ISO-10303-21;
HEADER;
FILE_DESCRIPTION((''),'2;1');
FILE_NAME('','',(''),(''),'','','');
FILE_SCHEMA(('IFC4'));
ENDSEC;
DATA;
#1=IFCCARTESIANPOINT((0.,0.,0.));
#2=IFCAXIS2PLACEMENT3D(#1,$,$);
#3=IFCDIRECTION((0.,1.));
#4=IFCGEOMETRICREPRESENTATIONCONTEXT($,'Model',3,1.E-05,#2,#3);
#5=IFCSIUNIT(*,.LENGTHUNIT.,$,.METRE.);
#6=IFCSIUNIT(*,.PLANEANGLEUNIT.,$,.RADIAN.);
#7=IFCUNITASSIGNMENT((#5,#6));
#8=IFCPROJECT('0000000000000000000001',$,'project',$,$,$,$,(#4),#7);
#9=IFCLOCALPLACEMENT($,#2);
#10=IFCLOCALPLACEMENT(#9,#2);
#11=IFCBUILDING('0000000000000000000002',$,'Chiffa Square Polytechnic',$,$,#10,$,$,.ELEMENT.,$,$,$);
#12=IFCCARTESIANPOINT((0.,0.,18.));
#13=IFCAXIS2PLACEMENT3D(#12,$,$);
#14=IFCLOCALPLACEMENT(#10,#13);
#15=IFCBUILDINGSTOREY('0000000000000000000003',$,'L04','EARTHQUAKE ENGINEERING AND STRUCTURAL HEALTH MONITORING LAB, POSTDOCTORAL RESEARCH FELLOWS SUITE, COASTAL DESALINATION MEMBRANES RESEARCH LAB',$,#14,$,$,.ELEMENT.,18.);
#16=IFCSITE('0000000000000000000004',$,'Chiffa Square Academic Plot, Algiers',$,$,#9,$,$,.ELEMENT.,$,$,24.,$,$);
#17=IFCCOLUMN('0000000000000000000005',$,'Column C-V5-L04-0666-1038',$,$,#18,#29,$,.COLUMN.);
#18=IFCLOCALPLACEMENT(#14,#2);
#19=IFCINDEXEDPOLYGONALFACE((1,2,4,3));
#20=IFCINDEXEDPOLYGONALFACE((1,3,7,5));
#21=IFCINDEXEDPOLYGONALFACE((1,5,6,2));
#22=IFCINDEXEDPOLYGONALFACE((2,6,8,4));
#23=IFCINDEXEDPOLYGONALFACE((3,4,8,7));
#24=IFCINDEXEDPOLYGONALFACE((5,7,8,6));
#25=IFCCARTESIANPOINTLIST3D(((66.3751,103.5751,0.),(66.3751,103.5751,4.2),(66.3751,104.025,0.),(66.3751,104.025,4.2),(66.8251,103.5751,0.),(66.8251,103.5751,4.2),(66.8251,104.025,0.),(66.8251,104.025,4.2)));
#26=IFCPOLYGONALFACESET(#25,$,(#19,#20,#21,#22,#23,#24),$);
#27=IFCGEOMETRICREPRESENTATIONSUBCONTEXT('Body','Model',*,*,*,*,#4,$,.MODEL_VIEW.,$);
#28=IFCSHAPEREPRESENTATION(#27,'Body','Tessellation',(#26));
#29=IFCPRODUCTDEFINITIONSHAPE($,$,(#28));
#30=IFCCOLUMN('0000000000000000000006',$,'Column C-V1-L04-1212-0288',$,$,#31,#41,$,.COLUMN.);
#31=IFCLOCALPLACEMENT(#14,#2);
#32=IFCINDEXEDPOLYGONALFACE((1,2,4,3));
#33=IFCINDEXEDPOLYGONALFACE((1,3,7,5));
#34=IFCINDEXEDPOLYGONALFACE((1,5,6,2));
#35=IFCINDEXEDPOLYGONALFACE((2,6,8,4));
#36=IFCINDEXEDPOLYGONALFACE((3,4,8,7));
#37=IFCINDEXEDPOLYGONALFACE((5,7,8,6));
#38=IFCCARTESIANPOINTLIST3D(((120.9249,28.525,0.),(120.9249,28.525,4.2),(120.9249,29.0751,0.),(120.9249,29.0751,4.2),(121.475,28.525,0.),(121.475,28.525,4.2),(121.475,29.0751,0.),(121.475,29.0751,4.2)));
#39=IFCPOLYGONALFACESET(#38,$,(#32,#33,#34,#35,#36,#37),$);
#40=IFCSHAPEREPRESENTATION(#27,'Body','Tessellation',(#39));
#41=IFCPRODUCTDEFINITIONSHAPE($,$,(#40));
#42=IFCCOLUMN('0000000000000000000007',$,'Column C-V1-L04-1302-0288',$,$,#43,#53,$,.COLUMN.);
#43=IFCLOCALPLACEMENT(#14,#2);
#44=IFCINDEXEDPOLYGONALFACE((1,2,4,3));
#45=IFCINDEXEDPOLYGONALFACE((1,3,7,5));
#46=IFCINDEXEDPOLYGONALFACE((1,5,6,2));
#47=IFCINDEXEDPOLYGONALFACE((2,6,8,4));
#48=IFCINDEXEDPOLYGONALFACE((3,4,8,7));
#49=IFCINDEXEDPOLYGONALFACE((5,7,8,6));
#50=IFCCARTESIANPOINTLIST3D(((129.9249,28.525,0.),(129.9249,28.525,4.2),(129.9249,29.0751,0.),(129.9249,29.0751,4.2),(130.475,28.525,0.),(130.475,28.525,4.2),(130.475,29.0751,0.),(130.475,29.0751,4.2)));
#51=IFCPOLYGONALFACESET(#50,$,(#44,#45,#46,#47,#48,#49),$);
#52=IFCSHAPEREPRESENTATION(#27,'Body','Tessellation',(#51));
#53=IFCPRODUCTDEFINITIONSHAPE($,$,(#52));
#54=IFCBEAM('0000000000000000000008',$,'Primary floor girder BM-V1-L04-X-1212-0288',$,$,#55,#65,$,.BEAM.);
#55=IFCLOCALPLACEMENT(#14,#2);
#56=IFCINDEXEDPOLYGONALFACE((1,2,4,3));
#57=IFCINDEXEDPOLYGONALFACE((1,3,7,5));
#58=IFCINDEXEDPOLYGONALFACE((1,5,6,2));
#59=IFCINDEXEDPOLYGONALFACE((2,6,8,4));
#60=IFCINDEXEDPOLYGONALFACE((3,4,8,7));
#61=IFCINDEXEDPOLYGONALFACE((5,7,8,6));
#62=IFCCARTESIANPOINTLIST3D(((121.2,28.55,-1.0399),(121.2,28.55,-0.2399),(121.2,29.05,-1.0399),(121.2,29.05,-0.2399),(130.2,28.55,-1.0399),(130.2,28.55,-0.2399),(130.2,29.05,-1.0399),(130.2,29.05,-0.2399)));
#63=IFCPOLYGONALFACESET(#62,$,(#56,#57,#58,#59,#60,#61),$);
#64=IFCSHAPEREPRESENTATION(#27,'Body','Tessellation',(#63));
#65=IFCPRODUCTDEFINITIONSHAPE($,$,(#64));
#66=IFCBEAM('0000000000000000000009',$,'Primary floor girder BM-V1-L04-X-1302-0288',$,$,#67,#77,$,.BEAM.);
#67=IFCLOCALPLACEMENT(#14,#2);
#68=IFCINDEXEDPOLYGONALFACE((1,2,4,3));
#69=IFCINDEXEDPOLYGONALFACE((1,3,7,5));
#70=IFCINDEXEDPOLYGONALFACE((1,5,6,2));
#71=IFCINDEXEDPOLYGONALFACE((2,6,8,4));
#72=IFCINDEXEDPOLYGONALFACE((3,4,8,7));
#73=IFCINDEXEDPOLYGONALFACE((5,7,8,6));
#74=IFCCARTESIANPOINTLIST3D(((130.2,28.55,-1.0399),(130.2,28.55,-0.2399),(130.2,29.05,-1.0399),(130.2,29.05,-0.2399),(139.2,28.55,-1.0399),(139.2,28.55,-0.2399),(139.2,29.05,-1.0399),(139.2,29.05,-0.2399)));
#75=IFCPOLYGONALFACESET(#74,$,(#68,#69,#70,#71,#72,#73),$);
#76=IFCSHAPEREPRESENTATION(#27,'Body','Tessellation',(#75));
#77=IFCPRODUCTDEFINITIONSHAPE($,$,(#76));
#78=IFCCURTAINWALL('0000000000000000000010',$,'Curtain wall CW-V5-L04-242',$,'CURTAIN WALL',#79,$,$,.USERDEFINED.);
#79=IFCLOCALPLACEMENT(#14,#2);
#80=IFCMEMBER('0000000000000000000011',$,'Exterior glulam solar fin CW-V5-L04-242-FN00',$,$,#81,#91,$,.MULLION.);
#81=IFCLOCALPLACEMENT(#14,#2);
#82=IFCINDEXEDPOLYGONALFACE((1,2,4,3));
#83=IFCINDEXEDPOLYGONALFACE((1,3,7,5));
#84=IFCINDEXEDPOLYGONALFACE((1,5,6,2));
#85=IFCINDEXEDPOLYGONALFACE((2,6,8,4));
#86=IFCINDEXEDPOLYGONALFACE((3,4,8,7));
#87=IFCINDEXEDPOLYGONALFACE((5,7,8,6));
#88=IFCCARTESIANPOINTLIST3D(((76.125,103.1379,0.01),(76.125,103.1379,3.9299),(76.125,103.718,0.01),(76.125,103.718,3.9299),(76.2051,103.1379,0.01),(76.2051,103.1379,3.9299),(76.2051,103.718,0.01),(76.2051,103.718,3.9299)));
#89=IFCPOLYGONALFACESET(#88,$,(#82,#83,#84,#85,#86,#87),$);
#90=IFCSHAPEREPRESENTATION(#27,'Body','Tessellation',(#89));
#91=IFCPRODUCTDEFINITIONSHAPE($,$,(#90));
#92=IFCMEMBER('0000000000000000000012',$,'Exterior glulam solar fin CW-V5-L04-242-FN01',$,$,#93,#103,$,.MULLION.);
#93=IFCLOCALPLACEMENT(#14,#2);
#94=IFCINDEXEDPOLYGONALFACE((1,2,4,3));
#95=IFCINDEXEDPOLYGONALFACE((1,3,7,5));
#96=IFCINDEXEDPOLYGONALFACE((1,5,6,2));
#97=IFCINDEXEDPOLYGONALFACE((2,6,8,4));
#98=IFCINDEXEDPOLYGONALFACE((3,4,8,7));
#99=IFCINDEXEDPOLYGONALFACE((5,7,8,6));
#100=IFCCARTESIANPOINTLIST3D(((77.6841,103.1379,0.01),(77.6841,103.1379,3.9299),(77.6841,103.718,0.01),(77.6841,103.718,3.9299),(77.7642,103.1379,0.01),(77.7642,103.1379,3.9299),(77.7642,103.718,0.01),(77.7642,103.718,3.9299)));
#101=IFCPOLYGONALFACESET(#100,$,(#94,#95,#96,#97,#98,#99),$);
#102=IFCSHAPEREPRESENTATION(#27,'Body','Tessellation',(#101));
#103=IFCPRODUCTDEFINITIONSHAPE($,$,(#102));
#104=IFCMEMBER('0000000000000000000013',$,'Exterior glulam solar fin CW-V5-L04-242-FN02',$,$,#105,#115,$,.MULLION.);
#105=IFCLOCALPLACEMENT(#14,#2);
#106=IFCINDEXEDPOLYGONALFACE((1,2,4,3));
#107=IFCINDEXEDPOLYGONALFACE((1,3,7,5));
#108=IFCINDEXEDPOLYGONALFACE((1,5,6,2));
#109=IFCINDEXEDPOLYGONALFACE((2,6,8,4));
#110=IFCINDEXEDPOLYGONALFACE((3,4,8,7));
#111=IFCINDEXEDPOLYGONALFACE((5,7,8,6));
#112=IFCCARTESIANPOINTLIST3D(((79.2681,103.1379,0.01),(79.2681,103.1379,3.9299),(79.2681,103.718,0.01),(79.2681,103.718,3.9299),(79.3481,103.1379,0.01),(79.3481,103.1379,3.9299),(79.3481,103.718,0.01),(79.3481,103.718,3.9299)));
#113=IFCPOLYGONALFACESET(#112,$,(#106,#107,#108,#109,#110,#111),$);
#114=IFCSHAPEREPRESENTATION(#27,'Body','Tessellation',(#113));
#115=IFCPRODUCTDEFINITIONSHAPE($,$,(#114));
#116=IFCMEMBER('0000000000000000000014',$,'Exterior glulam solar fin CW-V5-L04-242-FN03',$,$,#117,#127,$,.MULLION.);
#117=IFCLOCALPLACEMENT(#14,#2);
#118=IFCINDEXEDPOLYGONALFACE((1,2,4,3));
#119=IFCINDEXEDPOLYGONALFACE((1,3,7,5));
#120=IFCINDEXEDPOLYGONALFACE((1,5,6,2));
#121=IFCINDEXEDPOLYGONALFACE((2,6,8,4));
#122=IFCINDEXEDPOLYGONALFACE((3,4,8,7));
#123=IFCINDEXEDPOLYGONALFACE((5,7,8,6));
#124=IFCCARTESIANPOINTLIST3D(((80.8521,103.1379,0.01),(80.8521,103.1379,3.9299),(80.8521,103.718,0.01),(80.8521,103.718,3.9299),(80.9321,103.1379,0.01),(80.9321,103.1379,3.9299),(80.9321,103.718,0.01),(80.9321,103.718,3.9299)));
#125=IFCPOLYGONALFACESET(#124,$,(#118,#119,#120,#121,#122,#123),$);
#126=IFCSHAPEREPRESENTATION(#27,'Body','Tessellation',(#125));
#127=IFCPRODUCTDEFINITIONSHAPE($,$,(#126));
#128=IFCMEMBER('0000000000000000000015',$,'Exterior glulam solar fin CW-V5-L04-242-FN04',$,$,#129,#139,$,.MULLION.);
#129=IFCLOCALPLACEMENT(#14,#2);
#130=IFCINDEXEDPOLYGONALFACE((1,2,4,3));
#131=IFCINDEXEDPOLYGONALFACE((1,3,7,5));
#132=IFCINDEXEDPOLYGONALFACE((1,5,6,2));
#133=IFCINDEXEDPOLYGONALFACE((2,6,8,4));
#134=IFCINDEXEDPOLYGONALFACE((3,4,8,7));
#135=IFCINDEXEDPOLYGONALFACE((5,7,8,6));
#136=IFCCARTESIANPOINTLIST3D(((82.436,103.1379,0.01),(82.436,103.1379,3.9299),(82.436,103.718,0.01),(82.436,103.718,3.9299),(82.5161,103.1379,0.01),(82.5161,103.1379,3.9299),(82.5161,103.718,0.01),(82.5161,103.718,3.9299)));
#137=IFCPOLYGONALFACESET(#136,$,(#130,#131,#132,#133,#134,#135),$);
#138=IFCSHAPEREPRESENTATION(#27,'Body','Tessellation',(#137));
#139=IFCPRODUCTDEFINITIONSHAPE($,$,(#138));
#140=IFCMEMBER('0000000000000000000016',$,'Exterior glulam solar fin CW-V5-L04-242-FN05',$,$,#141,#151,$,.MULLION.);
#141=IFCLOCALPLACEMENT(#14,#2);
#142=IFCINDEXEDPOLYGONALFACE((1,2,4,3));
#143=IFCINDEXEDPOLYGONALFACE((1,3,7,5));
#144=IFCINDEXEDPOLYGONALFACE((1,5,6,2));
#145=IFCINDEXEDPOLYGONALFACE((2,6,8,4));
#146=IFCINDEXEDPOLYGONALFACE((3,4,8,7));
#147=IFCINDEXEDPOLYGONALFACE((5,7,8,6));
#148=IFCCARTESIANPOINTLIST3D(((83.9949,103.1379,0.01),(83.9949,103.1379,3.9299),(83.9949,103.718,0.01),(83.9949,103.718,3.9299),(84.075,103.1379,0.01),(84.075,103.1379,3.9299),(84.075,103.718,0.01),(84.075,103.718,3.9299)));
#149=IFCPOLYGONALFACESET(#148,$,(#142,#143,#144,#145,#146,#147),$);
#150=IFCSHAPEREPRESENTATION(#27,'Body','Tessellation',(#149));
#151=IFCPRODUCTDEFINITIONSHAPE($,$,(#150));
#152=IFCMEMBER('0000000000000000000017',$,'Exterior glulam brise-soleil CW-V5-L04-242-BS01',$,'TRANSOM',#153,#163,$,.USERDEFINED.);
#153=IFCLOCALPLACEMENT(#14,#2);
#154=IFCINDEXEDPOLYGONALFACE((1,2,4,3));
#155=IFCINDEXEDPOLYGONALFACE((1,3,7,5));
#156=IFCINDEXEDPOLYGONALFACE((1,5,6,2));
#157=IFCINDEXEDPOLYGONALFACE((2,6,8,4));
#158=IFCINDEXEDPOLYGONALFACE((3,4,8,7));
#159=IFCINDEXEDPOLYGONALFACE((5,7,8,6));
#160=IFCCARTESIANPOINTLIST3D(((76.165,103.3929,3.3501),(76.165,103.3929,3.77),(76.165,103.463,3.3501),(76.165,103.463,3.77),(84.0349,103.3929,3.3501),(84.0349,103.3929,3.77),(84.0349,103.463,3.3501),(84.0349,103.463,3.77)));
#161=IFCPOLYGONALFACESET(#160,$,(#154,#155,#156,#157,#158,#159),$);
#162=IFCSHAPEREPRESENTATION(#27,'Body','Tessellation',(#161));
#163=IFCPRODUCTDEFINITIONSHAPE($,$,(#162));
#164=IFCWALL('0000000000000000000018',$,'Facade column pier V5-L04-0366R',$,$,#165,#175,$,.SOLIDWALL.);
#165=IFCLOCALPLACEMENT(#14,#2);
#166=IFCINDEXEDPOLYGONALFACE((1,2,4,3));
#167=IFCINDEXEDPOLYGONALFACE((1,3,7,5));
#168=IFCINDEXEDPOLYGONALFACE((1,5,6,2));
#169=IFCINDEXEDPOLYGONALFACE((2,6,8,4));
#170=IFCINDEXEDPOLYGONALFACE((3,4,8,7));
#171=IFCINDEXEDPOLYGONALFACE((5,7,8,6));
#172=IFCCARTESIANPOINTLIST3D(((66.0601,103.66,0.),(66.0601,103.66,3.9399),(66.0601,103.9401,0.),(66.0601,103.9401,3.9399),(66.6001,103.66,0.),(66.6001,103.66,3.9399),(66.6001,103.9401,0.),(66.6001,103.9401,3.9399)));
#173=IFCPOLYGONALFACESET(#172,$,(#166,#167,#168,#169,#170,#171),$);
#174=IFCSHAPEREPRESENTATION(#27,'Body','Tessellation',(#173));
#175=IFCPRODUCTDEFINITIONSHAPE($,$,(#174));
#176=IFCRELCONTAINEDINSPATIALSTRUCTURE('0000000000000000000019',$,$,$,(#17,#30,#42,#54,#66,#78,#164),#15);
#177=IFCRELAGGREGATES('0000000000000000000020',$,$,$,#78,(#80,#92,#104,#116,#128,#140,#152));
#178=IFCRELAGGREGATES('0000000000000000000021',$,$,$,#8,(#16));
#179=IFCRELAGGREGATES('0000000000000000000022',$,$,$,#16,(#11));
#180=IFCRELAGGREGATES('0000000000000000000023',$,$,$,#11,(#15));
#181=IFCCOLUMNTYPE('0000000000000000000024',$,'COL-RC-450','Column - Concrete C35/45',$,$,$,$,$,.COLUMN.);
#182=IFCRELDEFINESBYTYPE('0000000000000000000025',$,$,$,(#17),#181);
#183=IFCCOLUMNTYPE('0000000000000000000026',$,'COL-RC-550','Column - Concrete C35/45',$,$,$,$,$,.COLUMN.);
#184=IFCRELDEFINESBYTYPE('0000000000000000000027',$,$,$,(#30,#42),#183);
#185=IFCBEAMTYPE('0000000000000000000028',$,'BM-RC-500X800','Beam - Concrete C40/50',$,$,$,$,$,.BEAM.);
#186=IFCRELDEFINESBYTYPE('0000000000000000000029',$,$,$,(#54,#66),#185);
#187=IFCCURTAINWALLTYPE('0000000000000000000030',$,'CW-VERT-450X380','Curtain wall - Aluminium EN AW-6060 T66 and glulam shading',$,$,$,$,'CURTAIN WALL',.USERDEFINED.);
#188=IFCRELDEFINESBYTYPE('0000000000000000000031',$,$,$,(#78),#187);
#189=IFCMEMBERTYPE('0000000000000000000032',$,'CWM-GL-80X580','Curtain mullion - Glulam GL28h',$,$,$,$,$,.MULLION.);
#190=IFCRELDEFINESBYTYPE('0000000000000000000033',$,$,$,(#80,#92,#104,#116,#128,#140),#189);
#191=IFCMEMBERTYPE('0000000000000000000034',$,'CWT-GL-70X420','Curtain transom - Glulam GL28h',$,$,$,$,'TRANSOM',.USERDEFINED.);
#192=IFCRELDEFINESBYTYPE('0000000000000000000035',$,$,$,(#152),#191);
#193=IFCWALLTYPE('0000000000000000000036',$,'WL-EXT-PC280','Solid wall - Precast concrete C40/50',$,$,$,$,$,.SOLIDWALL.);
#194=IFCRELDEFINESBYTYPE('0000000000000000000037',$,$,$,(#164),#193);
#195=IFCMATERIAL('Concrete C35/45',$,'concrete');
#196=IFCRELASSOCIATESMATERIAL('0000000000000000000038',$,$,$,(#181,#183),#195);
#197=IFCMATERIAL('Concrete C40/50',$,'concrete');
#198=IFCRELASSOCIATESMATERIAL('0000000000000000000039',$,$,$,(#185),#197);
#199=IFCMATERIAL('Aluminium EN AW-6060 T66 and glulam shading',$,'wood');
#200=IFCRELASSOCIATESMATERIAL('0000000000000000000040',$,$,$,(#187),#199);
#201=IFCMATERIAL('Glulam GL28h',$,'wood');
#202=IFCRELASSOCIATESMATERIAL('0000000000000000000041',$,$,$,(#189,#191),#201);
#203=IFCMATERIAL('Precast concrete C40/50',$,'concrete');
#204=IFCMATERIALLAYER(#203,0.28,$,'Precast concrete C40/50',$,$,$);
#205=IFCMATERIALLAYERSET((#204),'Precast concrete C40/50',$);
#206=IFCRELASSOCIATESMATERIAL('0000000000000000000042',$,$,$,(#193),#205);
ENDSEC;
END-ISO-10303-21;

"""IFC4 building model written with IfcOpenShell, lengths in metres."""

from ifc_helpers import new_model, si_unit, direction, frame, frame_2d, origin, origin_2d, place, context, subcontext, project, spatial, rectangle, extrude, material, layer, layer_set, material_profile, profile_set, type_object, element, aggregate, save


model = new_model("IFC4")

# Units and contexts
model_context = context("Model", 3, precision=1e-05, world=origin(), true_north=direction((0.0, 1.0)))
body_context = subcontext(model_context, "Body", "Model", "MODEL_VIEW")
ifc_project = project(units=[si_unit("LENGTHUNIT", "METRE"), si_unit("PLANEANGLEUNIT", "RADIAN")], contexts=[model_context])

# Site, building, storey
site_placement = place(None, origin())
site = spatial("IfcSite", under=ifc_project, at=site_placement, Name="Chiffa Square Academic Plot, Algiers", CompositionType="ELEMENT", RefElevation=24.0)
building_placement = place(site_placement, origin())
building = spatial("IfcBuilding", under=site, at=building_placement, Name="Chiffa Square Polytechnic", CompositionType="ELEMENT")
storey_placement = place(building_placement, frame((0.0, 0.0, 18.0)))
storey = spatial("IfcBuildingStorey", under=building, at=storey_placement, Name="L04", Description="EARTHQUAKE ENGINEERING AND STRUCTURAL HEALTH MONITORING LAB, POSTDOCTORAL RESEARCH FELLOWS SUITE, COASTAL DESALINATION MEMBRANES RESEARCH LAB", CompositionType="ELEMENT", Elevation=18.0)

# Columns
ifc_material_1 = material(Name="Concrete C35/45", Category="concrete")
ifc_material_profile_1 = material_profile(ifc_material_1, rectangle(XDim=0.45, YDim=0.45, at=origin_2d()), Name="RC 450x450")
ifc_profile_set_1 = profile_set([ifc_material_profile_1], Name="Concrete C35/45")
column_type_1 = type_object("IfcColumnType", Name="COL-RC-450", Description="Column - Concrete C35/45", PredefinedType="COLUMN", material=ifc_profile_set_1)
column_placement = place(storey_placement, frame((66.6001, 103.8, 0.0), z_axis=(0.0, 0.0, 1.0), x_axis=(1.0, 0.0, 0.0)))
element("IfcColumn", 1, at=column_placement, inside=storey, type_object=column_type_1, Name="Column C-V5-L04-0666-1038", PredefinedType="COLUMN", context=body_context, shape_type="SweptSolid", body=[
    extrude(rectangle(XDim=0.45, YDim=0.45, at=origin_2d()), origin(), (0.0, 0.0, 1.0), 4.2),
])
ifc_material_profile_2 = material_profile(ifc_material_1, rectangle(XDim=0.55, YDim=0.55, at=origin_2d()), Name="RC 550x550")
ifc_profile_set_2 = profile_set([ifc_material_profile_2], Name="Concrete C35/45")
column_type_2 = type_object("IfcColumnType", Name="COL-RC-550", Description="Column - Concrete C35/45", PredefinedType="COLUMN", material=ifc_profile_set_2)
for number, where, z_axis, x_axis, name in (
    (2, (121.2, 28.8, 0.0), (0.0, 0.0, 1.0), (1.0, 0.0, 0.0), "Column C-V1-L04-1212-0288"),
    (3, (130.2, 28.8, 0.0), (0.0, 0.0, 1.0), (1.0, 0.0, 0.0), "Column C-V1-L04-1302-0288"),
):
    element("IfcColumn", number, at=place(storey_placement, frame(where, z_axis=z_axis, x_axis=x_axis)), inside=storey, type_object=column_type_2, Name=name, PredefinedType="COLUMN", context=body_context, shape_type="SweptSolid", body=[
        extrude(rectangle(XDim=0.55, YDim=0.55, at=origin_2d()), origin(), (0.0, 0.0, 1.0), 4.2),
    ])

# Beams
ifc_material_2 = material(Name="Concrete C40/50", Category="concrete")
ifc_material_profile_3 = material_profile(ifc_material_2, rectangle(XDim=0.5, YDim=0.8, at=origin_2d()), Name="RC 500x800")
ifc_profile_set_3 = profile_set([ifc_material_profile_3], Name="Concrete C40/50")
beam_type = type_object("IfcBeamType", Name="BM-RC-500X800", Description="Beam - Concrete C40/50", PredefinedType="BEAM", material=ifc_profile_set_3)
for number, where, z_axis, x_axis, name in (
    (4, (121.2, 28.8, -0.6399), (1.0, 0.0, 0.0), (0.0, 1.0, 0.0), "Primary floor girder BM-V1-L04-X-1212-0288"),
    (5, (130.2, 28.8, -0.6399), (1.0, 0.0, 0.0), (0.0, 1.0, 0.0), "Primary floor girder BM-V1-L04-X-1302-0288"),
):
    element("IfcBeam", number, at=place(storey_placement, frame(where, z_axis=z_axis, x_axis=x_axis)), inside=storey, type_object=beam_type, Name=name, PredefinedType="BEAM", context=body_context, shape_type="SweptSolid", body=[
        extrude(rectangle(XDim=0.5, YDim=0.8, at=origin_2d()), origin(), (0.0, 0.0, 1.0), 9.0),
    ])

# Curtain wall, members
ifc_material_3 = material(Name="Aluminium EN AW-6060 T66 and glulam shading", Category="wood")
curtain_wall_type = type_object("IfcCurtainWallType", Name="CW-VERT-450X380", Description="Curtain wall - Aluminium EN AW-6060 T66 and glulam shading", ElementType="CURTAIN WALL", PredefinedType="USERDEFINED", material=ifc_material_3)
curtain_wall_placement = place(storey_placement, origin())
curtain_wall = element("IfcCurtainWall", 6, at=curtain_wall_placement, inside=storey, type_object=curtain_wall_type, Name="Curtain wall CW-V5-L04-242", ObjectType="CURTAIN WALL", PredefinedType="USERDEFINED")
ifc_material_4 = material(Name="Glulam GL28h", Category="wood")
ifc_material_profile_4 = material_profile(ifc_material_4, rectangle(XDim=0.0801, YDim=0.5801, at=origin_2d()), Name="GL28h 80x580")
ifc_profile_set_4 = profile_set([ifc_material_profile_4], Name="Glulam GL28h")
member_type_1 = type_object("IfcMemberType", Name="CWM-GL-80X580", Description="Curtain mullion - Glulam GL28h", PredefinedType="MULLION", material=ifc_profile_set_4)
member_1_placement = place(storey_placement, frame((76.165, 103.428, 0.01), z_axis=(0.0, 0.0, 1.0), x_axis=(1.0, 0.0, 0.0)))
member_1 = element("IfcMember", 7, at=member_1_placement, type_object=member_type_1, Name="Exterior glulam solar fin CW-V5-L04-242-FN00", PredefinedType="MULLION", context=body_context, shape_type="SweptSolid", body=[
    extrude(rectangle(XDim=0.0801, YDim=0.5801, at=origin_2d()), origin(), (0.0, 0.0, 1.0), 3.9199),
])
member_2_placement = place(storey_placement, frame((77.7241, 103.428, 0.01), z_axis=(0.0, 0.0, 1.0), x_axis=(1.0, 0.0, 0.0)))
member_2 = element("IfcMember", 8, at=member_2_placement, type_object=member_type_1, Name="Exterior glulam solar fin CW-V5-L04-242-FN01", PredefinedType="MULLION", context=body_context, shape_type="SweptSolid", body=[
    extrude(rectangle(XDim=0.0801, YDim=0.5801, at=origin_2d()), origin(), (0.0, 0.0, 1.0), 3.9199),
])
member_3_placement = place(storey_placement, frame((79.3081, 103.428, 0.01), z_axis=(0.0, 0.0, 1.0), x_axis=(1.0, 0.0, 0.0)))
member_3 = element("IfcMember", 9, at=member_3_placement, type_object=member_type_1, Name="Exterior glulam solar fin CW-V5-L04-242-FN02", PredefinedType="MULLION", context=body_context, shape_type="SweptSolid", body=[
    extrude(rectangle(XDim=0.0801, YDim=0.5801, at=origin_2d()), origin(), (0.0, 0.0, 1.0), 3.9199),
])
member_4_placement = place(storey_placement, frame((80.8921, 103.428, 0.01), z_axis=(0.0, 0.0, 1.0), x_axis=(1.0, 0.0, 0.0)))
member_4 = element("IfcMember", 10, at=member_4_placement, type_object=member_type_1, Name="Exterior glulam solar fin CW-V5-L04-242-FN03", PredefinedType="MULLION", context=body_context, shape_type="SweptSolid", body=[
    extrude(rectangle(XDim=0.0801, YDim=0.5801, at=origin_2d()), origin(), (0.0, 0.0, 1.0), 3.9199),
])
member_5_placement = place(storey_placement, frame((82.4761, 103.428, 0.01), z_axis=(0.0, 0.0, 1.0), x_axis=(1.0, 0.0, 0.0)))
member_5 = element("IfcMember", 11, at=member_5_placement, type_object=member_type_1, Name="Exterior glulam solar fin CW-V5-L04-242-FN04", PredefinedType="MULLION", context=body_context, shape_type="SweptSolid", body=[
    extrude(rectangle(XDim=0.0801, YDim=0.5801, at=origin_2d()), origin(), (0.0, 0.0, 1.0), 3.9199),
])
member_6_placement = place(storey_placement, frame((84.0349, 103.428, 0.01), z_axis=(0.0, 0.0, 1.0), x_axis=(1.0, 0.0, 0.0)))
member_6 = element("IfcMember", 12, at=member_6_placement, type_object=member_type_1, Name="Exterior glulam solar fin CW-V5-L04-242-FN05", PredefinedType="MULLION", context=body_context, shape_type="SweptSolid", body=[
    extrude(rectangle(XDim=0.0801, YDim=0.5801, at=origin_2d()), origin(), (0.0, 0.0, 1.0), 3.9199),
])
ifc_material_profile_5 = material_profile(ifc_material_4, rectangle(XDim=0.0701, YDim=0.4199, at=origin_2d()), Name="GL28h 70x420")
ifc_profile_set_5 = profile_set([ifc_material_profile_5], Name="Glulam GL28h")
member_type_2 = type_object("IfcMemberType", Name="CWT-GL-70X420", Description="Curtain transom - Glulam GL28h", ElementType="TRANSOM", PredefinedType="USERDEFINED", material=ifc_profile_set_5)
member_7_placement = place(storey_placement, frame((76.165, 103.428, 3.5601), z_axis=(1.0, 0.0, 0.0), x_axis=(0.0, 1.0, 0.0)))
member_7 = element("IfcMember", 13, at=member_7_placement, type_object=member_type_2, Name="Exterior glulam brise-soleil CW-V5-L04-242-BS01", ObjectType="TRANSOM", PredefinedType="USERDEFINED", context=body_context, shape_type="SweptSolid", body=[
    extrude(rectangle(XDim=0.0701, YDim=0.4199, at=origin_2d()), origin(), (0.0, 0.0, 1.0), 7.8699),
])
aggregate(curtain_wall, [member_1, member_2, member_3, member_4, member_5, member_6, member_7])

# Wall
ifc_material_5 = material(Name="Precast concrete C40/50", Category="concrete")
ifc_layer_1 = layer(ifc_material_5, 0.28, Name="Precast concrete C40/50")
ifc_layer_set_1 = layer_set([ifc_layer_1], Name="Precast concrete C40/50")
wall_type_1 = type_object("IfcWallType", Name="WL-EXT-PC280", Description="Solid wall - Precast concrete C40/50", PredefinedType="SOLIDWALL", material=ifc_layer_set_1)
wall_1_placement = place(storey_placement, frame((66.0601, 103.8, 0.0), z_axis=(0.0, 0.0, 1.0), x_axis=(1.0, 0.0, 0.0)))
element("IfcWall", 14, at=wall_1_placement, inside=storey, type_object=wall_type_1, Name="Facade column pier V5-L04-0366R", PredefinedType="SOLIDWALL", context=body_context, shape_type="SweptSolid", body=[
    extrude(rectangle(XDim=0.54, YDim=0.28, at=frame_2d((0.27, 0.0))), origin(), (0.0, 0.0, 1.0), 3.9399),
])

save(model, "model.ifc")
